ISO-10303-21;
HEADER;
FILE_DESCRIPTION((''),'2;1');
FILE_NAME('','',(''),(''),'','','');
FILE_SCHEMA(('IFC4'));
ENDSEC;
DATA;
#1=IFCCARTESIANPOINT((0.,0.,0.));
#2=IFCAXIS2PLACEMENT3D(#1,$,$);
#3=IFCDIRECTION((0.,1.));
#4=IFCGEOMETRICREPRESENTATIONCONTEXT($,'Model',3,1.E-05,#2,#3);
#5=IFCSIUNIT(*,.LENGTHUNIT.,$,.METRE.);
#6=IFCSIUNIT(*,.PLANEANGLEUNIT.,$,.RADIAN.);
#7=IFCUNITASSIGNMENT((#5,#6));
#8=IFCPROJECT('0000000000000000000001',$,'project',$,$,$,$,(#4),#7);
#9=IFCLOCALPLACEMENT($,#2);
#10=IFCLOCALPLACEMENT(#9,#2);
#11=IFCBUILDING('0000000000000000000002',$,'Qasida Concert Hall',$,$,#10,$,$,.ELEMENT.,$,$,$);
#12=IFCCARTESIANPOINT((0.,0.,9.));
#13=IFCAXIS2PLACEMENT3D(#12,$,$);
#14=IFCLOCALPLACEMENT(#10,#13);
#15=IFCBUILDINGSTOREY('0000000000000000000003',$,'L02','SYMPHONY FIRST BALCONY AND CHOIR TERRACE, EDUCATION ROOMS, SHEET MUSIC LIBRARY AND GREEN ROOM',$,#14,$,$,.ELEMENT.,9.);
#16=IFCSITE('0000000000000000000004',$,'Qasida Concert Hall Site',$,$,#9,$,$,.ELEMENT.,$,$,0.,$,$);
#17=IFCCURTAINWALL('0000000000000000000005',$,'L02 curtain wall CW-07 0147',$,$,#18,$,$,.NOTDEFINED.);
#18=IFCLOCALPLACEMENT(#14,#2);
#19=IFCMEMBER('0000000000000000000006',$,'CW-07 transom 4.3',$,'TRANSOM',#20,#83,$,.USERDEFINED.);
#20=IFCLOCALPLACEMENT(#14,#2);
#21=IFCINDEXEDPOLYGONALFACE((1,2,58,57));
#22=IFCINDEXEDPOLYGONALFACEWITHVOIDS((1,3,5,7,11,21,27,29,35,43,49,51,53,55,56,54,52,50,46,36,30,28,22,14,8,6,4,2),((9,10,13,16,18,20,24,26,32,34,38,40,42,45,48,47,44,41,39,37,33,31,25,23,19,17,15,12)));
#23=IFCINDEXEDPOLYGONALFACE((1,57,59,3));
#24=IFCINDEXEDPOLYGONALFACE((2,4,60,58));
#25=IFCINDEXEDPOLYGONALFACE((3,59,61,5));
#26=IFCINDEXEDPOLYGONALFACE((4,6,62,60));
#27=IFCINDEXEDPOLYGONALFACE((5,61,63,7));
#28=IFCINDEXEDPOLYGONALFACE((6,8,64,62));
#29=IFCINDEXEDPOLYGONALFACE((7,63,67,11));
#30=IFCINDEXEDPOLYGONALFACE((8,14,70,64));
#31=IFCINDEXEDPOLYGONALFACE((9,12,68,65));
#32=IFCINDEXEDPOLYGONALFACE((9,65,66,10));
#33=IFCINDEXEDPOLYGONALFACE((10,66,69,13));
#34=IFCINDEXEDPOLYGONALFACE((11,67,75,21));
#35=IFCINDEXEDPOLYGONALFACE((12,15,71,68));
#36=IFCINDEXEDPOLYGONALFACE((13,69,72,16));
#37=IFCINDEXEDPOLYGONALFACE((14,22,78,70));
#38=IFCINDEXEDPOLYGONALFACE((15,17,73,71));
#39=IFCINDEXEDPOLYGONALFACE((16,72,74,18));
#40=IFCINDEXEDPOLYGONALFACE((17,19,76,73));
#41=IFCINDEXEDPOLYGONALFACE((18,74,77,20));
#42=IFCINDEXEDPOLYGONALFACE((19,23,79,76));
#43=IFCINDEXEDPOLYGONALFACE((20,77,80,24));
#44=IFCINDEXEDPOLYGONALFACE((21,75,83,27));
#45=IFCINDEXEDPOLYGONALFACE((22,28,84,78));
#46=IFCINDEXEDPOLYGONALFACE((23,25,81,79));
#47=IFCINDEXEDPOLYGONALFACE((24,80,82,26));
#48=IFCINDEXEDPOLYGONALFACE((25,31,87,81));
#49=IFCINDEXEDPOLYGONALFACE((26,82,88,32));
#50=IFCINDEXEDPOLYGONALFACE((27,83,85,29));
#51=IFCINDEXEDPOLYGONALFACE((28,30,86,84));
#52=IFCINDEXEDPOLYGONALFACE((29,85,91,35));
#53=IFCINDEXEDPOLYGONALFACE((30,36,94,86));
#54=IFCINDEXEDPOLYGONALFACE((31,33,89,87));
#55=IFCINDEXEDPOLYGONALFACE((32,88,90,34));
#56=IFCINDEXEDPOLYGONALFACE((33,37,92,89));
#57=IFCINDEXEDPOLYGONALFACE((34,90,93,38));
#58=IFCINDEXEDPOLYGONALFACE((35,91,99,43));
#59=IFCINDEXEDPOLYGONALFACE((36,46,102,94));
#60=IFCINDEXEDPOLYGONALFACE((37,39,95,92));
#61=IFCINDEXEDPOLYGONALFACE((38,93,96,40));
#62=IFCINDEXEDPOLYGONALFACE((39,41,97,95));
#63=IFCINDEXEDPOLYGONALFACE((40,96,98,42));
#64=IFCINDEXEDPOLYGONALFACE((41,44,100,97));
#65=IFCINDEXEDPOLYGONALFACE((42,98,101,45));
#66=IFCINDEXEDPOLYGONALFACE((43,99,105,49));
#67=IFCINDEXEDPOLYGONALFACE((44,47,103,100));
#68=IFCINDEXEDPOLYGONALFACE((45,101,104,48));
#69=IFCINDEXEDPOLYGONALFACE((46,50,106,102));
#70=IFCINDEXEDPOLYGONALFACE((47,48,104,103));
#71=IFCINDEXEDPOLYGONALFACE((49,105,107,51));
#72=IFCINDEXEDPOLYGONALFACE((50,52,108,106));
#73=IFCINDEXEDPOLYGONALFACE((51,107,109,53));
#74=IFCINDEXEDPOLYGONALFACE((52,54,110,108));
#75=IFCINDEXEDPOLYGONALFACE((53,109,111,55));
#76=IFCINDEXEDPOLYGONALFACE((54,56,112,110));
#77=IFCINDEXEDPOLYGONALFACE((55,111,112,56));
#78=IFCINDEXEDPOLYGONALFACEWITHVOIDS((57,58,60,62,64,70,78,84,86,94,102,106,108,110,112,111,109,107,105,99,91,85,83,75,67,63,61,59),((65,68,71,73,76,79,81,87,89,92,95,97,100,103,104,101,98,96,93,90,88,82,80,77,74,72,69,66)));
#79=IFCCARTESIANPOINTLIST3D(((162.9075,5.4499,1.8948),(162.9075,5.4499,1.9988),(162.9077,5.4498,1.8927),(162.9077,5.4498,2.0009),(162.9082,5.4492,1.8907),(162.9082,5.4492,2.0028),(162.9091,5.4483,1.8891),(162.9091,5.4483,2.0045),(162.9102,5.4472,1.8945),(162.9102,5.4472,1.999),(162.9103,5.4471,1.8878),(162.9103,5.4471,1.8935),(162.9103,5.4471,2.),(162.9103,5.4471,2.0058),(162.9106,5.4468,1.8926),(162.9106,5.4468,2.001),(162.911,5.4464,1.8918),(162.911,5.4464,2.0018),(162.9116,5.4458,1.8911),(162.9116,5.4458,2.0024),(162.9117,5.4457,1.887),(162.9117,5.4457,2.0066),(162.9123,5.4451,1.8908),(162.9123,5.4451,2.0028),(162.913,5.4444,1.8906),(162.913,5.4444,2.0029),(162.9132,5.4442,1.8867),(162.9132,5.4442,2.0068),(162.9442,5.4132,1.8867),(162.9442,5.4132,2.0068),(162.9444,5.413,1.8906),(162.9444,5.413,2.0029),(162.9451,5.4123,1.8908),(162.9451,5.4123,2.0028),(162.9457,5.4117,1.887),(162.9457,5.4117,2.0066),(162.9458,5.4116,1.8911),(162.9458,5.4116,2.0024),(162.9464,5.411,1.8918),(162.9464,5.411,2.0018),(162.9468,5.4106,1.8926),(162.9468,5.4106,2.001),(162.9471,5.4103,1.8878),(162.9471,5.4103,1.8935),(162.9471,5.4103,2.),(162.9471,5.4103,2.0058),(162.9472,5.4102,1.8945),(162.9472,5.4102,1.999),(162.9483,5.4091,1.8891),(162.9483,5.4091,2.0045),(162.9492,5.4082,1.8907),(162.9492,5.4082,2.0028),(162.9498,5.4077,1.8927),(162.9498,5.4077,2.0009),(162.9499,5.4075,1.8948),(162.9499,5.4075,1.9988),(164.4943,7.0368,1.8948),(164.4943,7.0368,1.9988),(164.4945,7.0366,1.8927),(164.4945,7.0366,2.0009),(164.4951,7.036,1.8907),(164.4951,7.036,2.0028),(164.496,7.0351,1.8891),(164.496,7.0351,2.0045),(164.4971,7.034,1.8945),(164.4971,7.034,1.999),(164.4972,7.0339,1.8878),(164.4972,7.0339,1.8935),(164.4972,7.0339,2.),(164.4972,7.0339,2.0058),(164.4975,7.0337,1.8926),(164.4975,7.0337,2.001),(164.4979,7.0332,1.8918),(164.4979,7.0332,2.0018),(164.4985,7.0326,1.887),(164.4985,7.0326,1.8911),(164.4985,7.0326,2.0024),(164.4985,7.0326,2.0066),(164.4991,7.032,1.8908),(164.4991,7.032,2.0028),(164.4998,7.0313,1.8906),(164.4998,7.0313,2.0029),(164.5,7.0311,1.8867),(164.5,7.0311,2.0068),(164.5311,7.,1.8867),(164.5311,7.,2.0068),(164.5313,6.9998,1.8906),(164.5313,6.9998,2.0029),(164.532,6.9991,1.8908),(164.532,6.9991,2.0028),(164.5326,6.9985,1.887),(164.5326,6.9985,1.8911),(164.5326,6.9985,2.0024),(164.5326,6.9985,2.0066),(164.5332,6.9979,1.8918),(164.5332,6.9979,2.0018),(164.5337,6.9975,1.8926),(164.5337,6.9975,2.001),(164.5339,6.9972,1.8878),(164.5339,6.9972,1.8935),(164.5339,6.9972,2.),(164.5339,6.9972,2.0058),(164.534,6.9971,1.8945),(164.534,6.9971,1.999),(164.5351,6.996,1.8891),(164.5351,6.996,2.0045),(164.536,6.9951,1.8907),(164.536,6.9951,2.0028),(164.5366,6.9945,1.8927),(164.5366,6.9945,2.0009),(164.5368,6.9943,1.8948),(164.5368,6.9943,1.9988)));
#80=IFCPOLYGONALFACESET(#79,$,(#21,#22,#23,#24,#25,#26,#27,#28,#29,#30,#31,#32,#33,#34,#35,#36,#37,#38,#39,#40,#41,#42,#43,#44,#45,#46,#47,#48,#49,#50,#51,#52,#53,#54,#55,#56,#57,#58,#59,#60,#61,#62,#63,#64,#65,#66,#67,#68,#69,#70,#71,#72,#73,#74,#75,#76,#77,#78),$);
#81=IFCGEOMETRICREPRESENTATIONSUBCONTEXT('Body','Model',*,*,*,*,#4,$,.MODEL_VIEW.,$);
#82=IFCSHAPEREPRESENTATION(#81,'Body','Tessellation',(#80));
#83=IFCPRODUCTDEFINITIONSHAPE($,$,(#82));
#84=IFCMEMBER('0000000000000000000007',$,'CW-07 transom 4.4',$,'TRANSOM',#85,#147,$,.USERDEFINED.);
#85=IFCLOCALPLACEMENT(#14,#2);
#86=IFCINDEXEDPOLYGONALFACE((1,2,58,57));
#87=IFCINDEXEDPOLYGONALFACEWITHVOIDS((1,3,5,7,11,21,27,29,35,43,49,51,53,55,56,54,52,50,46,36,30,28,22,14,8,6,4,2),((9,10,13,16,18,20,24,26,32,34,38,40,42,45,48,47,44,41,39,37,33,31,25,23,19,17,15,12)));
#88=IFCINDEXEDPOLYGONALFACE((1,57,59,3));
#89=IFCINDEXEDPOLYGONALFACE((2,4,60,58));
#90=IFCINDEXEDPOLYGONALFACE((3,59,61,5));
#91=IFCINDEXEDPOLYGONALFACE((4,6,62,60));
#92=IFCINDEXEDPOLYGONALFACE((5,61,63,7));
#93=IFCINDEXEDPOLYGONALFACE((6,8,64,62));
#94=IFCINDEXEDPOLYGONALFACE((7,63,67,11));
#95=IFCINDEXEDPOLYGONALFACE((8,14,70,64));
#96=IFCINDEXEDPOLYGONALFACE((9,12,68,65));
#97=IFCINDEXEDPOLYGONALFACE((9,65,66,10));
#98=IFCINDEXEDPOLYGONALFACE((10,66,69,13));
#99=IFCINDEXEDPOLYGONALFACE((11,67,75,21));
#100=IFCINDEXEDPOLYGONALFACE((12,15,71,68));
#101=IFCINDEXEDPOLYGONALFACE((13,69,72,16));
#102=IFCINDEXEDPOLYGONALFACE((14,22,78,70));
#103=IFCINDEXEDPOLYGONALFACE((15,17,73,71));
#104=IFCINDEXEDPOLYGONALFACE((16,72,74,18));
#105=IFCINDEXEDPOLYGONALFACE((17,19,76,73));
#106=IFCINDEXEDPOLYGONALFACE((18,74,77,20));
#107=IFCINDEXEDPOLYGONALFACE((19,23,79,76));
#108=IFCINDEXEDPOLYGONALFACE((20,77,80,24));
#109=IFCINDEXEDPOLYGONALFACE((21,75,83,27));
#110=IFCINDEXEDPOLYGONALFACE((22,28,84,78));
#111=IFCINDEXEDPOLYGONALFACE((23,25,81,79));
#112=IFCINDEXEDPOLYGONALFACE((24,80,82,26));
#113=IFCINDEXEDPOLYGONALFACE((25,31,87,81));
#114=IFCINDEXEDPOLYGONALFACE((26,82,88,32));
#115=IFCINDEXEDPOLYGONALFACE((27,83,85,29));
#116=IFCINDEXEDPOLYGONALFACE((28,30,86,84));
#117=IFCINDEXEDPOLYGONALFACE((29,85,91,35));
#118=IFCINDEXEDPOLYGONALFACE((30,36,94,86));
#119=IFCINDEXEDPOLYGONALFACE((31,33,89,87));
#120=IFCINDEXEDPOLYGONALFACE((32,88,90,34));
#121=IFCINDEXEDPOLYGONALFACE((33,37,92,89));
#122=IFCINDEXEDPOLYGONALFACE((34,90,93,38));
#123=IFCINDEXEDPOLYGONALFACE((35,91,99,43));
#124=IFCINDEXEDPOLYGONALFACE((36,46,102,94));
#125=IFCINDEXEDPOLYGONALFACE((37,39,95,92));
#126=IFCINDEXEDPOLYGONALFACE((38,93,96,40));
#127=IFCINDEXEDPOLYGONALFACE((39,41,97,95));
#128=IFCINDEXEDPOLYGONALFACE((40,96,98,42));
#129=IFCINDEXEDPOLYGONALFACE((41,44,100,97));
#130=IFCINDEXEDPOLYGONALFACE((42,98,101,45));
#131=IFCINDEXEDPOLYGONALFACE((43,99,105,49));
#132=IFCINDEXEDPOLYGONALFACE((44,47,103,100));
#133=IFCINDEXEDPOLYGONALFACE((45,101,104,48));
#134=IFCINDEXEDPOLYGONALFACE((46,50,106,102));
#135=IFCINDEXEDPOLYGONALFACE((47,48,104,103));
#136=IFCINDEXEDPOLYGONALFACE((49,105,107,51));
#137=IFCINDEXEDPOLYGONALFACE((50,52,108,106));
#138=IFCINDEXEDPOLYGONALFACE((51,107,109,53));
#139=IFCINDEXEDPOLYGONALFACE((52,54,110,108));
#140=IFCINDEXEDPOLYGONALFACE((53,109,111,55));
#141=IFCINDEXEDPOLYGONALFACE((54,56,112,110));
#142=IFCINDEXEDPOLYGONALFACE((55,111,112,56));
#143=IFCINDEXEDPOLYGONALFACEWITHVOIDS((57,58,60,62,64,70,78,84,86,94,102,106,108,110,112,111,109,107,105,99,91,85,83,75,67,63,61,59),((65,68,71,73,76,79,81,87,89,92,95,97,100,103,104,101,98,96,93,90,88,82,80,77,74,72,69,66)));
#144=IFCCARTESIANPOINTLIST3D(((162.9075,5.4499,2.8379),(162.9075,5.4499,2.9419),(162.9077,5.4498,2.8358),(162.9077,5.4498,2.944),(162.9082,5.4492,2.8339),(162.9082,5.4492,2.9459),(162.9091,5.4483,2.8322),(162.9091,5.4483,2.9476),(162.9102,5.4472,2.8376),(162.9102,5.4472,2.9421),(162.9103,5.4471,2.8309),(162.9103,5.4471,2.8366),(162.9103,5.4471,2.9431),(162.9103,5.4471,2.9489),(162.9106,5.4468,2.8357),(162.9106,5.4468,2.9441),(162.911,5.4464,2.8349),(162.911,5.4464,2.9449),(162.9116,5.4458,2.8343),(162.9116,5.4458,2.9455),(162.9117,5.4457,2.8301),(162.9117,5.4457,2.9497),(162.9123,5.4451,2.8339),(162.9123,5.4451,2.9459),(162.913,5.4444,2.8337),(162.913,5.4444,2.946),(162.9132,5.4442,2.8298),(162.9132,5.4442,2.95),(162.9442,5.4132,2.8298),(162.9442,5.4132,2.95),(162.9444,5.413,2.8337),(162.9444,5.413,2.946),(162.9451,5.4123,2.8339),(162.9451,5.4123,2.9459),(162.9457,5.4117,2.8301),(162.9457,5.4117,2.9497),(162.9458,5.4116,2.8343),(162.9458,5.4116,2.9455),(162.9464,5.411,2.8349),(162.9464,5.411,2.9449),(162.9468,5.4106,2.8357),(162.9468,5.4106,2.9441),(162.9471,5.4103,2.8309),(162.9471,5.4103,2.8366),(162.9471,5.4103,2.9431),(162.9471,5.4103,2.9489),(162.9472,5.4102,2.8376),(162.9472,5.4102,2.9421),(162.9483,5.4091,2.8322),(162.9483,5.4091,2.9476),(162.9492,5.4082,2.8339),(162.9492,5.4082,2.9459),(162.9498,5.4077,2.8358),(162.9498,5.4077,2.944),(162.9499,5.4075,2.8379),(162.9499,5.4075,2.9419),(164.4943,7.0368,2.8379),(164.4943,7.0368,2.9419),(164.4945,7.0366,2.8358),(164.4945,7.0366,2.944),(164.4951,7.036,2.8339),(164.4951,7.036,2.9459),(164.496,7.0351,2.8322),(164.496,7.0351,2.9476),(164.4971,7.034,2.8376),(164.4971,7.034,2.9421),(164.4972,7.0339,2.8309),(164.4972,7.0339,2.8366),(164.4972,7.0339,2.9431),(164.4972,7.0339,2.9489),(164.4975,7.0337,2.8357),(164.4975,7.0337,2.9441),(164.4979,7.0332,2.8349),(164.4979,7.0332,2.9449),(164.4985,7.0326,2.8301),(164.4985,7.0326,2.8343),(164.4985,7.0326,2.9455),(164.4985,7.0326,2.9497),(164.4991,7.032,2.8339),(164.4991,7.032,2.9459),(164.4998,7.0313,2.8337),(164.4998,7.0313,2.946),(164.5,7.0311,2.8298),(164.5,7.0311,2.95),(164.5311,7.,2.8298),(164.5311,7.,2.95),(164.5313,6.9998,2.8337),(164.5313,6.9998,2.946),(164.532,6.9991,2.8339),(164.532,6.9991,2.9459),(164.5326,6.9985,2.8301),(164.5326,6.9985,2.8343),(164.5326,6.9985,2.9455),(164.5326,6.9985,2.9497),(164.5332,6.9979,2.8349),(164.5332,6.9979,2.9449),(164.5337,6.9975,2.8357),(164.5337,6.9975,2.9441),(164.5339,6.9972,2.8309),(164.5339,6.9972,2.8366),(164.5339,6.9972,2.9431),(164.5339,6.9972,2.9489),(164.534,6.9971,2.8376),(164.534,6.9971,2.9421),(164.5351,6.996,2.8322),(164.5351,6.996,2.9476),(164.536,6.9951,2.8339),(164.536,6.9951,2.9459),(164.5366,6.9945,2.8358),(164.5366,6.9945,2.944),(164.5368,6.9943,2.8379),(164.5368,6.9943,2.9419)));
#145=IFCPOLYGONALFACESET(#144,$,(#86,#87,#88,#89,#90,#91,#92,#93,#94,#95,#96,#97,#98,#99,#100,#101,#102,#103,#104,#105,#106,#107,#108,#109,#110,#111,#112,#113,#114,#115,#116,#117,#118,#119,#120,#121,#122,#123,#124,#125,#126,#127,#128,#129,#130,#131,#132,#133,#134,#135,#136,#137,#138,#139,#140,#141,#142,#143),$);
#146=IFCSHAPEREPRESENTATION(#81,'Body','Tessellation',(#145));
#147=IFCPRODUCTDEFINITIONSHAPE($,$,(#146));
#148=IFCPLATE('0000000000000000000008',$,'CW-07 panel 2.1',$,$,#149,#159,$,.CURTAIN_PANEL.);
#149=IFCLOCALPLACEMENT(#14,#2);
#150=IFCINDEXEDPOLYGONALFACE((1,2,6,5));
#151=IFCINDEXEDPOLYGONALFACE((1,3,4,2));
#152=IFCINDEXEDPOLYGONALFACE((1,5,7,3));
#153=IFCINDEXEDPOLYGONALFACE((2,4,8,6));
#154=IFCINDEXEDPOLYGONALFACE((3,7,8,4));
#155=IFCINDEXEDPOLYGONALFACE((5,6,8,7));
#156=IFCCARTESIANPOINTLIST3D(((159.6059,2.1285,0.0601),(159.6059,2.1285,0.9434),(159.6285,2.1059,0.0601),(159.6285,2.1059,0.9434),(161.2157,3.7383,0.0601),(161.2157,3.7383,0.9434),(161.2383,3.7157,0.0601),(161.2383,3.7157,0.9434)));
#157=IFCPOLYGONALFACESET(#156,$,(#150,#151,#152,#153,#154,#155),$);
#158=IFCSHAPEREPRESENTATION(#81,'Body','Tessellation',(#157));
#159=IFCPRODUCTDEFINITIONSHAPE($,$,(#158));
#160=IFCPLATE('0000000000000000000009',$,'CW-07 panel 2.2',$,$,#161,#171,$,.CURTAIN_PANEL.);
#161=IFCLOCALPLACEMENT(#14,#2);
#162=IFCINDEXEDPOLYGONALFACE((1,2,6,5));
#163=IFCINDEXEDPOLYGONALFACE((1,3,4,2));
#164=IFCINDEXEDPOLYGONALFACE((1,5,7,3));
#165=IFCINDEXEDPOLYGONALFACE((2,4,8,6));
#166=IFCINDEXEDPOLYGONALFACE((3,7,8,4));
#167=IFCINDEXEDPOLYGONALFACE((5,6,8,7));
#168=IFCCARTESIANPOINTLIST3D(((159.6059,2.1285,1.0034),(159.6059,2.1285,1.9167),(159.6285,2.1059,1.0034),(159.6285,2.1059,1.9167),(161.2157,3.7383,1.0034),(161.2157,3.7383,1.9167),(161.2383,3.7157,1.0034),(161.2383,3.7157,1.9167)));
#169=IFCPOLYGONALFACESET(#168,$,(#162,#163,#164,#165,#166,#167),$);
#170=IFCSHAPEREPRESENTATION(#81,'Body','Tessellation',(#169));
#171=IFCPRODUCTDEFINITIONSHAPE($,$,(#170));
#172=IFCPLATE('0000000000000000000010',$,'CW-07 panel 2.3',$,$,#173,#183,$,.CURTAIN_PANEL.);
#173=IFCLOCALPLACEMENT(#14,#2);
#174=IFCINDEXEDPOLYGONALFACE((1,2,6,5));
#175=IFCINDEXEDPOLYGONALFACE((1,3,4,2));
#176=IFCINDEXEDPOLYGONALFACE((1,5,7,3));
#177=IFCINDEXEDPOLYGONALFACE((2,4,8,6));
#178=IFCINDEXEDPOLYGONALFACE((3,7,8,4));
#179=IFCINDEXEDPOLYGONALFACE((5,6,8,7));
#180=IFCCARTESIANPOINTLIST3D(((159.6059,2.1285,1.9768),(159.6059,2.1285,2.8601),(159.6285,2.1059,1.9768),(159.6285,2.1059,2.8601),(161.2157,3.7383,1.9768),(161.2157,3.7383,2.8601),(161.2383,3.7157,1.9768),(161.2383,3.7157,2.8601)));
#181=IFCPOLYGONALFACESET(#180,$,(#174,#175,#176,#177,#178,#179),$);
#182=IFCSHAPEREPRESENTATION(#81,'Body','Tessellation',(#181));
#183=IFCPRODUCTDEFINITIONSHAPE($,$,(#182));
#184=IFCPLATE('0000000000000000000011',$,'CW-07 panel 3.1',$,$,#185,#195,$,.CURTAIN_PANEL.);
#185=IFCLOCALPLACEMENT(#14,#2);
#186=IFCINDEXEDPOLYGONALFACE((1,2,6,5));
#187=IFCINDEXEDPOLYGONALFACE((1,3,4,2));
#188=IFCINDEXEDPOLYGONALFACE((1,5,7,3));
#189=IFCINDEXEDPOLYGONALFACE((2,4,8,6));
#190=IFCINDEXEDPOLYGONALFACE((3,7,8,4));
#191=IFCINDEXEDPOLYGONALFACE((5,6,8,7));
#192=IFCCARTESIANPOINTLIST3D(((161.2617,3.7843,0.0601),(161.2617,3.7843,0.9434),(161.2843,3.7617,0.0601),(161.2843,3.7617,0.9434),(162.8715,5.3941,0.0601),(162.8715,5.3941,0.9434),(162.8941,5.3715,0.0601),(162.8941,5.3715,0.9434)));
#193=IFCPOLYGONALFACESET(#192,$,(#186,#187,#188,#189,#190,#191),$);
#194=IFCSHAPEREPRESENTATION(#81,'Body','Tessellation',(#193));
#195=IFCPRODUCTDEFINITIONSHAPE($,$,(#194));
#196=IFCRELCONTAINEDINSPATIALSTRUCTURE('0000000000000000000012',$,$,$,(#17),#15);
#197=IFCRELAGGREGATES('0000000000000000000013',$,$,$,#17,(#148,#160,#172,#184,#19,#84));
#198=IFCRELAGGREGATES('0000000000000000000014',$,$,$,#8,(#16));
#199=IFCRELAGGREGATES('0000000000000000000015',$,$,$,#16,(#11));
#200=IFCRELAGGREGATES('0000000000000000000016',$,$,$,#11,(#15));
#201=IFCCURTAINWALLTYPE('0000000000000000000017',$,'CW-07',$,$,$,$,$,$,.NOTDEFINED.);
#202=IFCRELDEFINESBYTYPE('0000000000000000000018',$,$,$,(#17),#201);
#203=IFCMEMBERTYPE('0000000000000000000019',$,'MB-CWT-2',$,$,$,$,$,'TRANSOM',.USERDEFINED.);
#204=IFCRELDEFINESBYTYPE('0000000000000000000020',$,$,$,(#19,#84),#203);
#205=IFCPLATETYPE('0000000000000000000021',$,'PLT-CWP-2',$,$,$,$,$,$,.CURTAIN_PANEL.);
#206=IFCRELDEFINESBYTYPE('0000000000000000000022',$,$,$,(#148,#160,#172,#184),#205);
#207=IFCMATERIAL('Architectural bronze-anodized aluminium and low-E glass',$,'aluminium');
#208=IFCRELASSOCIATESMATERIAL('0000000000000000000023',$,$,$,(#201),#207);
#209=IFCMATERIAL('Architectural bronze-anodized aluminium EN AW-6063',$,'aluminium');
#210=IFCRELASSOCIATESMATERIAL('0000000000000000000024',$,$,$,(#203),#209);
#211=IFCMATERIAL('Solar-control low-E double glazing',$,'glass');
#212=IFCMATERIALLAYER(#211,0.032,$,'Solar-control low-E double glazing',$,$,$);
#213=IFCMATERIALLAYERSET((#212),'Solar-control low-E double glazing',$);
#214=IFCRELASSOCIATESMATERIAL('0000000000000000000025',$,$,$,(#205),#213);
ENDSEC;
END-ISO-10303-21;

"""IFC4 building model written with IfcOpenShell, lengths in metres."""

from ifc_helpers import new_model, si_unit, direction, frame, origin, origin_2d, place, context, subcontext, project, spatial, rectangle, hollow_rectangle, extrude, material, layer, layer_set, material_profile, profile_set, type_object, element, aggregate, save


model = new_model("IFC4")

# Units and contexts
model_context = context("Model", 3, precision=1e-05, world=origin(), true_north=direction((0.0, 1.0)))
body_context = subcontext(model_context, "Body", "Model", "MODEL_VIEW")
ifc_project = project(units=[si_unit("LENGTHUNIT", "METRE"), si_unit("PLANEANGLEUNIT", "RADIAN")], contexts=[model_context])

# Site, building, storey
site_placement = place(None, origin())
site = spatial("IfcSite", under=ifc_project, at=site_placement, Name="Qasida Concert Hall Site", CompositionType="ELEMENT", RefElevation=0.0)
building_placement = place(site_placement, origin())
building = spatial("IfcBuilding", under=site, at=building_placement, Name="Qasida Concert Hall", CompositionType="ELEMENT")
storey_placement = place(building_placement, frame((0.0, 0.0, 9.0)))
storey = spatial("IfcBuildingStorey", under=building, at=storey_placement, Name="L02", Description="SYMPHONY FIRST BALCONY AND CHOIR TERRACE, EDUCATION ROOMS, SHEET MUSIC LIBRARY AND GREEN ROOM", CompositionType="ELEMENT", Elevation=9.0)

# Curtain wall, members, plates
ifc_material_1 = material(Name="Architectural bronze-anodized aluminium and low-E glass", Category="aluminium")
curtain_wall_type = type_object("IfcCurtainWallType", Name="CW-07", PredefinedType="NOTDEFINED", material=ifc_material_1)
curtain_wall_placement = place(storey_placement, origin())
curtain_wall = element("IfcCurtainWall", 1, at=curtain_wall_placement, inside=storey, type_object=curtain_wall_type, Name="L02 curtain wall CW-07 0147", PredefinedType="NOTDEFINED")
ifc_material_2 = material(Name="Architectural bronze-anodized aluminium EN AW-6063", Category="aluminium")
ifc_material_profile_1 = material_profile(ifc_material_2, hollow_rectangle(XDim=0.0601, YDim=0.1201, WallThickness=0.0039, InnerFilletRadius=0.0039, OuterFilletRadius=0.0081, at=origin_2d()), Name="CWT 120x60x4")
ifc_profile_set_1 = profile_set([ifc_material_profile_1], Name="Architectural bronze-anodized aluminium EN AW-6063")
member_type_1 = type_object("IfcMemberType", Name="MB-CWT-2", ElementType="TRANSOM", PredefinedType="USERDEFINED", material=ifc_profile_set_1)
member_1_placement = place(storey_placement, frame((162.9287, 5.4287, 1.9468), z_axis=(0.707107, 0.707107, 0.0), x_axis=(-0.707107, 0.707107, 0.0)))
member_1 = element("IfcMember", 2, at=member_1_placement, type_object=member_type_1, Name="CW-07 transom 4.3", ObjectType="TRANSOM", PredefinedType="USERDEFINED", context=body_context, shape_type="SweptSolid", body=[
    extrude(hollow_rectangle(XDim=0.0601, YDim=0.1201, WallThickness=0.0039, InnerFilletRadius=0.0039, OuterFilletRadius=0.0081, at=origin_2d()), origin(), (0.0, 0.0, 1.0), 2.2441),
])
member_2_placement = place(storey_placement, frame((162.9287, 5.4287, 2.8899), z_axis=(0.707107, 0.707107, 0.0), x_axis=(-0.707107, 0.707107, 0.0)))
member_2 = element("IfcMember", 3, at=member_2_placement, type_object=member_type_1, Name="CW-07 transom 4.4", ObjectType="TRANSOM", PredefinedType="USERDEFINED", context=body_context, shape_type="SweptSolid", body=[
    extrude(hollow_rectangle(XDim=0.0601, YDim=0.1201, WallThickness=0.0039, InnerFilletRadius=0.0039, OuterFilletRadius=0.0081, at=origin_2d()), origin(), (0.0, 0.0, 1.0), 2.2441),
])
ifc_material_3 = material(Name="Solar-control low-E double glazing", Category="glass")
ifc_layer = layer(ifc_material_3, 0.032, Name="Solar-control low-E double glazing")
ifc_layer_set = layer_set([ifc_layer], Name="Solar-control low-E double glazing")
plate_type = type_object("IfcPlateType", Name="PLT-CWP-2", PredefinedType="CURTAIN_PANEL", material=ifc_layer_set)
plate_1_placement = place(storey_placement, frame((160.4221, 2.9221, 0.0601), z_axis=(0.0, 0.0, 1.0), x_axis=(0.707107, 0.707107, 0.0)))
plate_1 = element("IfcPlate", 4, at=plate_1_placement, type_object=plate_type, Name="CW-07 panel 2.1", PredefinedType="CURTAIN_PANEL", context=body_context, shape_type="SweptSolid", body=[
    extrude(rectangle(XDim=2.2766, YDim=0.032, at=origin_2d()), origin(), (0.0, 0.0, 1.0), 0.8833),
])
plate_2_placement = place(storey_placement, frame((160.4221, 2.9221, 1.0034), z_axis=(0.0, 0.0, 1.0), x_axis=(0.707107, 0.707107, 0.0)))
plate_2 = element("IfcPlate", 5, at=plate_2_placement, type_object=plate_type, Name="CW-07 panel 2.2", PredefinedType="CURTAIN_PANEL", context=body_context, shape_type="SweptSolid", body=[
    extrude(rectangle(XDim=2.2766, YDim=0.032, at=origin_2d()), origin(), (0.0, 0.0, 1.0), 0.9133),
])
plate_3_placement = place(storey_placement, frame((160.4221, 2.9221, 1.9768), z_axis=(0.0, 0.0, 1.0), x_axis=(0.707107, 0.707107, 0.0)))
plate_3 = element("IfcPlate", 6, at=plate_3_placement, type_object=plate_type, Name="CW-07 panel 2.3", PredefinedType="CURTAIN_PANEL", context=body_context, shape_type="SweptSolid", body=[
    extrude(rectangle(XDim=2.2766, YDim=0.032, at=origin_2d()), origin(), (0.0, 0.0, 1.0), 0.8833),
])
plate_4_placement = place(storey_placement, frame((162.0779, 4.5779, 0.0601), z_axis=(0.0, 0.0, 1.0), x_axis=(0.707107, 0.707107, 0.0)))
plate_4 = element("IfcPlate", 7, at=plate_4_placement, type_object=plate_type, Name="CW-07 panel 3.1", PredefinedType="CURTAIN_PANEL", context=body_context, shape_type="SweptSolid", body=[
    extrude(rectangle(XDim=2.2766, YDim=0.032, at=origin_2d()), origin(), (0.0, 0.0, 1.0), 0.8833),
])
aggregate(curtain_wall, [plate_1, plate_2, plate_3, plate_4, member_1, member_2])

save(model, "model.ifc")
